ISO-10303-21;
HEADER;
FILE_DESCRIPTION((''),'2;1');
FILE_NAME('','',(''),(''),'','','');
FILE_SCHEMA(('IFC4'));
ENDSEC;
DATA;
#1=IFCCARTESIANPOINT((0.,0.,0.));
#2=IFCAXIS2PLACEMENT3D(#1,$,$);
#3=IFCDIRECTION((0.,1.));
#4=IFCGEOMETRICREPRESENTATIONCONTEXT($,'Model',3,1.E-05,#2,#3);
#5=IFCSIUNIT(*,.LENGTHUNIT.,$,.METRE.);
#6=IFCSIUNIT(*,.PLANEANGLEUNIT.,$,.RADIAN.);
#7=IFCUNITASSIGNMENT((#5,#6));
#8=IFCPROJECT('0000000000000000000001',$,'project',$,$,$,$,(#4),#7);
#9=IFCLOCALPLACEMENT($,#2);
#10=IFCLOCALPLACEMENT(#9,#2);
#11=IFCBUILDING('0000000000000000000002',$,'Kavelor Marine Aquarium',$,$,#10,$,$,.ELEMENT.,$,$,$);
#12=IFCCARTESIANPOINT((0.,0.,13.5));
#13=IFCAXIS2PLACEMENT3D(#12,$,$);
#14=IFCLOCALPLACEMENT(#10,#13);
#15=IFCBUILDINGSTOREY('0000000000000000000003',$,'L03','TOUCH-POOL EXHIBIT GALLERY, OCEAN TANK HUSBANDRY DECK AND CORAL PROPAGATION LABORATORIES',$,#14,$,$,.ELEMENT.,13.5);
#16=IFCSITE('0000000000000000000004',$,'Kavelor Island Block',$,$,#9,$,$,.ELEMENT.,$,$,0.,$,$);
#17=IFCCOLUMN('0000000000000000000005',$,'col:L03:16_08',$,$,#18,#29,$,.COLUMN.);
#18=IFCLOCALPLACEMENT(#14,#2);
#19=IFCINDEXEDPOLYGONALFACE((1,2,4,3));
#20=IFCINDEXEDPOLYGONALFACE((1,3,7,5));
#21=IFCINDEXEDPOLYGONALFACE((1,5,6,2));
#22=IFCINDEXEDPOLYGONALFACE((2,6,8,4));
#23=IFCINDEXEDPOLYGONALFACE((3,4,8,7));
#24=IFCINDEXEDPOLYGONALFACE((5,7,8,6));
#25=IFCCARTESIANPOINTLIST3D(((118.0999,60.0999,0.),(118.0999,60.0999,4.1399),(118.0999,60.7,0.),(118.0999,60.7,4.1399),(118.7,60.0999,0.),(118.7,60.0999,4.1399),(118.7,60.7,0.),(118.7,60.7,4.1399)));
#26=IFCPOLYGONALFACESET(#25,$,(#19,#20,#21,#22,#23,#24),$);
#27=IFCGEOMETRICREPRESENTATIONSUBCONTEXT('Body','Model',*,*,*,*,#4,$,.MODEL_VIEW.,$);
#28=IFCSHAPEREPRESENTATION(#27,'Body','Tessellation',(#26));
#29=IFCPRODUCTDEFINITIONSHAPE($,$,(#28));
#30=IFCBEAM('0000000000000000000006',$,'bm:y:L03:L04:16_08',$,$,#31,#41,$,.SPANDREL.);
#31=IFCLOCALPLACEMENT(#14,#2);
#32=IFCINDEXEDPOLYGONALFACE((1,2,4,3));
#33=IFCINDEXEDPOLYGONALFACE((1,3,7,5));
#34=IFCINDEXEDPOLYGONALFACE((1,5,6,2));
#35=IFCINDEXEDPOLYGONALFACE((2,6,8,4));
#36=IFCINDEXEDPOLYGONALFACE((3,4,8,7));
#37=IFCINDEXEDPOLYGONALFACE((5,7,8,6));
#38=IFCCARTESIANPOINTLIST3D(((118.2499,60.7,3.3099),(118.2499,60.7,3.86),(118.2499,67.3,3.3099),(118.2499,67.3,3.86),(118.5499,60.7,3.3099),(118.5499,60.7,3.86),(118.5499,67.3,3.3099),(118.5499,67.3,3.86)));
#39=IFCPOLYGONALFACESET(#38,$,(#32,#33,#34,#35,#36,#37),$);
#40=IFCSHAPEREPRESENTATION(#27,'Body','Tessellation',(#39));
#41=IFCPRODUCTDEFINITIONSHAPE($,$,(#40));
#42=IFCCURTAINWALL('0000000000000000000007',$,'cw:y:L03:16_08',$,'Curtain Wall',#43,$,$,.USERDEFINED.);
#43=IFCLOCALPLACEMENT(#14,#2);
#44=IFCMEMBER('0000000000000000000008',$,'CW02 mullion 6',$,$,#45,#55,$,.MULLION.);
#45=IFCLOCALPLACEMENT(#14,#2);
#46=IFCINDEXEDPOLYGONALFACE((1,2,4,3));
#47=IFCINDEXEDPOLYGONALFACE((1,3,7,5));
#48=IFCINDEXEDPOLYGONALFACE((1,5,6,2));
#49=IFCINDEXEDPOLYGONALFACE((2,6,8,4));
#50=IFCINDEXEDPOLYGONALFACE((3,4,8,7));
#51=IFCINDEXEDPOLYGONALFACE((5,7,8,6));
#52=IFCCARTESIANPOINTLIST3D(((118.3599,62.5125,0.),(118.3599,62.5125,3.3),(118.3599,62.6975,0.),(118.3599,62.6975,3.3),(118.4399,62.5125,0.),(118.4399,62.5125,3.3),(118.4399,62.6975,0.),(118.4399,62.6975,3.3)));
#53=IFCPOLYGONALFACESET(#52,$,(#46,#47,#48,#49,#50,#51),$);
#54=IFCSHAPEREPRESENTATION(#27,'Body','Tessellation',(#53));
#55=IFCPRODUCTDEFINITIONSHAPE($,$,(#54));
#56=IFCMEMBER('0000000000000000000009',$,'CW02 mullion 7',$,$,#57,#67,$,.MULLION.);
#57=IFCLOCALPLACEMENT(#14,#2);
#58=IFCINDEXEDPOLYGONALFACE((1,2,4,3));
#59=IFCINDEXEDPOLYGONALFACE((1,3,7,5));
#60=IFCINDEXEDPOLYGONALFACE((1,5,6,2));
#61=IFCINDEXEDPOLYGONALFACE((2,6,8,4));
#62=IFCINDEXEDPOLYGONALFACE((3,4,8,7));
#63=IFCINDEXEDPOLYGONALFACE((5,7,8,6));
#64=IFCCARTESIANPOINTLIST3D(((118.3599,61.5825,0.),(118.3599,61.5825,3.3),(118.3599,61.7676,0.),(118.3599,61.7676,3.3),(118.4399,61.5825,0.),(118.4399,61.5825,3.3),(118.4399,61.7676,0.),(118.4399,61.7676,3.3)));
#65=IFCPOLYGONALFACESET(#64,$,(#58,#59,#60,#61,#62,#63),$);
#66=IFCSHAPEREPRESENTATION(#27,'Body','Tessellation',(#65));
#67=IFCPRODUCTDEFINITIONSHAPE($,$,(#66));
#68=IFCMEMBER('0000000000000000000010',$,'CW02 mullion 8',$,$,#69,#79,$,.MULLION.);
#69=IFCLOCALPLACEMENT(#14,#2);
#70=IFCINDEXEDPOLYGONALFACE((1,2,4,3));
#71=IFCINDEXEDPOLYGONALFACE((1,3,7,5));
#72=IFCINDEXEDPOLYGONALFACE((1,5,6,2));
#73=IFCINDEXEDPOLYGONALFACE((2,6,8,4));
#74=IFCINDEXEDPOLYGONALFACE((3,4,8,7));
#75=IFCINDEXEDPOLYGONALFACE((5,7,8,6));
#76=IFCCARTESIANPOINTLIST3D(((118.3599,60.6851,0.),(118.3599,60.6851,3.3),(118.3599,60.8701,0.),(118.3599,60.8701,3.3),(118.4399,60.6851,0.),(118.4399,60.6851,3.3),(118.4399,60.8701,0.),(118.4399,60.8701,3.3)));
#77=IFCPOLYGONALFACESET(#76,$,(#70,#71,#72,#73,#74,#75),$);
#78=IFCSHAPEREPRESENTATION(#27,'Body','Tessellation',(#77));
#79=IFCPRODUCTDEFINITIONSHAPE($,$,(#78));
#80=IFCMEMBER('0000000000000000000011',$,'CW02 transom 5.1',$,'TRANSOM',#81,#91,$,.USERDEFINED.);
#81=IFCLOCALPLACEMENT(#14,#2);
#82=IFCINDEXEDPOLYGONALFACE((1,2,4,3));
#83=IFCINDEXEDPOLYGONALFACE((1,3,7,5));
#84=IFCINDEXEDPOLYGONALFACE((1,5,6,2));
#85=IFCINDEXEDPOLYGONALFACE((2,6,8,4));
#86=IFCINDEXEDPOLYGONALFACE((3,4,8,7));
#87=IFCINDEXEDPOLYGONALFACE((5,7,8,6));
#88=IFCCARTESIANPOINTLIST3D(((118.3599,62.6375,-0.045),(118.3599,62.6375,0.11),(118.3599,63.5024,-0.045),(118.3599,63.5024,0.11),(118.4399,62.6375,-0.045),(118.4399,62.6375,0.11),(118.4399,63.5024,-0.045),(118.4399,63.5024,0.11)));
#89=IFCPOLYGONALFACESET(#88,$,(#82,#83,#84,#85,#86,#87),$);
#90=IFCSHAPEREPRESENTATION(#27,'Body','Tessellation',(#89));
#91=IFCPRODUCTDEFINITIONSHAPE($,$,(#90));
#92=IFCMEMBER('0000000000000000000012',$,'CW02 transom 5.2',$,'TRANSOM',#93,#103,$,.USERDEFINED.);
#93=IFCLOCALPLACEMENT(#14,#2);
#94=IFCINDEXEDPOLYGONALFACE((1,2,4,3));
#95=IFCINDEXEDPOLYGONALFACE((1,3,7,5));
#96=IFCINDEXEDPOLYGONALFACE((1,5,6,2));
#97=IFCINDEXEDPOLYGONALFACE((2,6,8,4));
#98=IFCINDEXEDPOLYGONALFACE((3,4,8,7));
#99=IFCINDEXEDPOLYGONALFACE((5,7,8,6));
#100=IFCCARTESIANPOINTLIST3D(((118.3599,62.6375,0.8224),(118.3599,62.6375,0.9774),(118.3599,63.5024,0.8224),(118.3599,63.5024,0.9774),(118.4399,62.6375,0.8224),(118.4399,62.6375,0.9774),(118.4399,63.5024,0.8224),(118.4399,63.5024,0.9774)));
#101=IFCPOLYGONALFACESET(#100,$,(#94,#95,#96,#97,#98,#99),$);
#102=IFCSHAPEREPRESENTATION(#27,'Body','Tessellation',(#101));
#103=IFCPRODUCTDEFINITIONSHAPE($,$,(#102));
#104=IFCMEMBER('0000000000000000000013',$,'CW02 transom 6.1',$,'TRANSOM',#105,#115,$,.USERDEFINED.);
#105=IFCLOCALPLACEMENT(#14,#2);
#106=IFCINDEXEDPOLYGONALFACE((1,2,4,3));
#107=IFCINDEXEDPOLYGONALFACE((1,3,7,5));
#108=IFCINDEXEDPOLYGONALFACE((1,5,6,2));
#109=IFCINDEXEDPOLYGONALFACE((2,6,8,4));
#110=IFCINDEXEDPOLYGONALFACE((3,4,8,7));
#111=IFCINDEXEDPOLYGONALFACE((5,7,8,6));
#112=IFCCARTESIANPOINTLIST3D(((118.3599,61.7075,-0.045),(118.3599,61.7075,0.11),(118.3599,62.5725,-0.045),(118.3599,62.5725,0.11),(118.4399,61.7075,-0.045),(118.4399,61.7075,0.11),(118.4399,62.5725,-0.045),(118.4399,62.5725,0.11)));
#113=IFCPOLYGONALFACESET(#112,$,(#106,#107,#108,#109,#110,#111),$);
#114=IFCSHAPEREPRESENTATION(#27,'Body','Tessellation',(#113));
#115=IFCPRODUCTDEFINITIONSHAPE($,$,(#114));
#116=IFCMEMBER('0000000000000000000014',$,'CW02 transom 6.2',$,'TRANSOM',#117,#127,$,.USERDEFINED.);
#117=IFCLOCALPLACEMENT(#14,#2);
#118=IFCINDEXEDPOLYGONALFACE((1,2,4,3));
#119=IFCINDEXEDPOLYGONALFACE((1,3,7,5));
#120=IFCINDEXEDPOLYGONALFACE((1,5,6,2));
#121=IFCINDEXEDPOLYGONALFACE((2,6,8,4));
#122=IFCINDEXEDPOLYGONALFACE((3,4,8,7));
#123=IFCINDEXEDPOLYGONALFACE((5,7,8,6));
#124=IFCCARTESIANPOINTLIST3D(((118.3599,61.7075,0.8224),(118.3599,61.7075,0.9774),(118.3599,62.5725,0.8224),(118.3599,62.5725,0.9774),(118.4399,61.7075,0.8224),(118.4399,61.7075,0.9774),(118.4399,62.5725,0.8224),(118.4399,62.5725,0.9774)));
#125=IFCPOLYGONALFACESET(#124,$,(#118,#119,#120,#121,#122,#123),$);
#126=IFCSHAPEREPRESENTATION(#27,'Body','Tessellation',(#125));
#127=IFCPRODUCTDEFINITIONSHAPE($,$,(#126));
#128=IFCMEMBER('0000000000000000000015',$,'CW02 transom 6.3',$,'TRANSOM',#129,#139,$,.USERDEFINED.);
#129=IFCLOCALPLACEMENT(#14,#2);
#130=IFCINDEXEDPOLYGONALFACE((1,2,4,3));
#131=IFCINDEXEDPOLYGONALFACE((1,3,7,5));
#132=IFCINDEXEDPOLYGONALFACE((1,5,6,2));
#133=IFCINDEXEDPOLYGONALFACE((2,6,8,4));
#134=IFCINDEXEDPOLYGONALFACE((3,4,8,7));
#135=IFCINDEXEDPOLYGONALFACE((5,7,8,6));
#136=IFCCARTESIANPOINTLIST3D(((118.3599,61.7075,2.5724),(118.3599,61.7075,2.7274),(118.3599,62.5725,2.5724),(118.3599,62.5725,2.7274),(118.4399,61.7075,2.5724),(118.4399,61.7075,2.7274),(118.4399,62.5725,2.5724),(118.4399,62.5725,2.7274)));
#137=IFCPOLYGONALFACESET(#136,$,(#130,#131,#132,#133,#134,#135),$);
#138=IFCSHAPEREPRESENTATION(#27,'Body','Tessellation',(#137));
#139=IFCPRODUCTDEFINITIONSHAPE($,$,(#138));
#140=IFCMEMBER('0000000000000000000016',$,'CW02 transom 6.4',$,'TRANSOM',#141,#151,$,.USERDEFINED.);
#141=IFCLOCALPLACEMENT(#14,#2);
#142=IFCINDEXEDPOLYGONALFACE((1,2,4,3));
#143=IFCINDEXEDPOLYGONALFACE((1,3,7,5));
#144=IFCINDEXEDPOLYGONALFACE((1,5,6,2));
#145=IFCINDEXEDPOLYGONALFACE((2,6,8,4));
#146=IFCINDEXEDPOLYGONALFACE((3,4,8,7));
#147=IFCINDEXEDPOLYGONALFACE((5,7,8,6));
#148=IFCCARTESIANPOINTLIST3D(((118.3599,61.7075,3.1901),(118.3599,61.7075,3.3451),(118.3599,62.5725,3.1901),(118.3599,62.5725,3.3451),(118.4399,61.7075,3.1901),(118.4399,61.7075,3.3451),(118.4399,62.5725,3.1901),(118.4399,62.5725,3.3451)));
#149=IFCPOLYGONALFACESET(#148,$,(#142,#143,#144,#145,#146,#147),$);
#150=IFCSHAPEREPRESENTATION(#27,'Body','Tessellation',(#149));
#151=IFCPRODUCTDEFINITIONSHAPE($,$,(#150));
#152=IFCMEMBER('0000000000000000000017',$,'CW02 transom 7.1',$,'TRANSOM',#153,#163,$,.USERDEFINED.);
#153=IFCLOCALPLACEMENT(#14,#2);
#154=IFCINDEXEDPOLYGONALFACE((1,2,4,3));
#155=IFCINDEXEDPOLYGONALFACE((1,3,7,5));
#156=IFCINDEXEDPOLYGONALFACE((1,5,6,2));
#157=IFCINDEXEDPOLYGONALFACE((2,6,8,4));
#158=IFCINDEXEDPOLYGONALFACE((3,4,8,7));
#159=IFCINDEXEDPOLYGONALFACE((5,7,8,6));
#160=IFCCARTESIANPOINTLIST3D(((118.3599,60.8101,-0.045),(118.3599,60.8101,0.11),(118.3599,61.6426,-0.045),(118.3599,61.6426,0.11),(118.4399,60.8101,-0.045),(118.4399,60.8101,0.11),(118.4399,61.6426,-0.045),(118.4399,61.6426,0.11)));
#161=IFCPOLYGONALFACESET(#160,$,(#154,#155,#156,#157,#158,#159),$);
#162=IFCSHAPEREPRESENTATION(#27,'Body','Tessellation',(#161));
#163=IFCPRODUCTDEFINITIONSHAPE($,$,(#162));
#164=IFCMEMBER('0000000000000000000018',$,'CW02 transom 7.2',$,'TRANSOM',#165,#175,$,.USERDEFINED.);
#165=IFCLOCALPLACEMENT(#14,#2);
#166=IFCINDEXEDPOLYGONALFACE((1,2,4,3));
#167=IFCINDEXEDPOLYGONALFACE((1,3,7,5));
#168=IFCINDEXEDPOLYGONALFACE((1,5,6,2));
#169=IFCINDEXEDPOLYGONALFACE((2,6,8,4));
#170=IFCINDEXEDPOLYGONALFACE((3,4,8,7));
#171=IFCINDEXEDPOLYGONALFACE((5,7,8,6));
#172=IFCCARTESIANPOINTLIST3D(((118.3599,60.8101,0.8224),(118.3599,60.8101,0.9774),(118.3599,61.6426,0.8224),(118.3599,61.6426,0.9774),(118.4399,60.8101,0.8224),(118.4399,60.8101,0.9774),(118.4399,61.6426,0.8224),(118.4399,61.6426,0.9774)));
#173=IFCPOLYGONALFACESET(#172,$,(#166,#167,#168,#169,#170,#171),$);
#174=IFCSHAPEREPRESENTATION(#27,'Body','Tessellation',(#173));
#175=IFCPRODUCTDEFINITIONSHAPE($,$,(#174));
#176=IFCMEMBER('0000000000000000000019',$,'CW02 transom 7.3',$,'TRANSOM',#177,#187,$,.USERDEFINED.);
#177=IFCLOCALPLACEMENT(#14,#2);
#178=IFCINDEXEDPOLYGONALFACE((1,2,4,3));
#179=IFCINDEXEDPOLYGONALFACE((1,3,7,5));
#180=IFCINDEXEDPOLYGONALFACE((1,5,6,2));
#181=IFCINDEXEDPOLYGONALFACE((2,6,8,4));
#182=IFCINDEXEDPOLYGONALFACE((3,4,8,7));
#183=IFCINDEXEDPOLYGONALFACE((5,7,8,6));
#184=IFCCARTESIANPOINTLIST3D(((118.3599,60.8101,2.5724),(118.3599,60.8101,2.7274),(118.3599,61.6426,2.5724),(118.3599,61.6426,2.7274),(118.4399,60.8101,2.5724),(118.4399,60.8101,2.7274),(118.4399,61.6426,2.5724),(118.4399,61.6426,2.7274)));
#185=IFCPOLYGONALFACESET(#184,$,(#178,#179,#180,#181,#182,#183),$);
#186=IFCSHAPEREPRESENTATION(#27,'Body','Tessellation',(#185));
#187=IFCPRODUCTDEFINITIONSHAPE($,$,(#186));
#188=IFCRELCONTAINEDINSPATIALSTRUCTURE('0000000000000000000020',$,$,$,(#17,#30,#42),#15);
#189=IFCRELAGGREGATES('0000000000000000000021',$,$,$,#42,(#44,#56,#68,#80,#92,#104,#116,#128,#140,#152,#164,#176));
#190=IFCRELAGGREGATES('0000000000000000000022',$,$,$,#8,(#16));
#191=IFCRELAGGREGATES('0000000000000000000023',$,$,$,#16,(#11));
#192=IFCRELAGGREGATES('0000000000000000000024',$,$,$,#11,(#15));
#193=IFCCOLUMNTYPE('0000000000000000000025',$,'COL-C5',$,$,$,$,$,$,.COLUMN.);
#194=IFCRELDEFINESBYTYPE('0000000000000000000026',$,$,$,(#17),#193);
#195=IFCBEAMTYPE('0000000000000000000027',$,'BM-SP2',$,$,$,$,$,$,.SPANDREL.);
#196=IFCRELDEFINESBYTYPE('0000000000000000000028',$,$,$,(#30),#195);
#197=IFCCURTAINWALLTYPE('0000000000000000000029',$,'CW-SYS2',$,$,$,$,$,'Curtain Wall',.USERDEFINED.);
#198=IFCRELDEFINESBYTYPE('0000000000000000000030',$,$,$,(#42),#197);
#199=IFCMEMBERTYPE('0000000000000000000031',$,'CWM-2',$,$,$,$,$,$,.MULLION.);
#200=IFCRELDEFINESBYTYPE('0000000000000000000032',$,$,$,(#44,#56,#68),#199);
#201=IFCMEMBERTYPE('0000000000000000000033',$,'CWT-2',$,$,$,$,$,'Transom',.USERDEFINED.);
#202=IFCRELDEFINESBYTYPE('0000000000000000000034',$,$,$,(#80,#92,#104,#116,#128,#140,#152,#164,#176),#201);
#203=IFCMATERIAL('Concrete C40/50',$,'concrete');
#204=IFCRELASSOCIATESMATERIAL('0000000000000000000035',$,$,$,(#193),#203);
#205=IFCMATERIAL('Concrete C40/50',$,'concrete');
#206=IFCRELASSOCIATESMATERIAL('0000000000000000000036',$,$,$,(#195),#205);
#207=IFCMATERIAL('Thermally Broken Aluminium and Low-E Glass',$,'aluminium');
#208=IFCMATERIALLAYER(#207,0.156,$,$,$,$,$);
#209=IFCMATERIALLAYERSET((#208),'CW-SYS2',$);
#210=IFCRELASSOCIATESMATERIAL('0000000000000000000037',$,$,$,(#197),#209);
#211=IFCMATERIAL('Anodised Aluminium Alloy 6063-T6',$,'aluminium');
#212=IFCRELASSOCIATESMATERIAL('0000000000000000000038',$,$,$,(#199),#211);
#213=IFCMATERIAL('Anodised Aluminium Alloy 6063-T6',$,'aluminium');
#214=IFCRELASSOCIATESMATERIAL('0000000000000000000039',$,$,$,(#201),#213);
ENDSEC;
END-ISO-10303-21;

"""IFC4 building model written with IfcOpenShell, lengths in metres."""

from ifc_helpers import new_model, si_unit, direction, frame, origin, origin_2d, place, context, subcontext, project, spatial, rectangle, extrude, material, layer, layer_set, material_profile, profile_set, type_object, element, aggregate, save


model = new_model("IFC4")

# Units and contexts
model_context = context("Model", 3, precision=1e-05, world=origin(), true_north=direction((0.0, 1.0)))
body_context = subcontext(model_context, "Body", "Model", "MODEL_VIEW")
ifc_project = project(units=[si_unit("LENGTHUNIT", "METRE"), si_unit("PLANEANGLEUNIT", "RADIAN")], contexts=[model_context])

# Site, building, storey
site_placement = place(None, origin())
site = spatial("IfcSite", under=ifc_project, at=site_placement, Name="Kavelor Island Block", CompositionType="ELEMENT", RefElevation=0.0)
building_placement = place(site_placement, origin())
building = spatial("IfcBuilding", under=site, at=building_placement, Name="Kavelor Marine Aquarium", CompositionType="ELEMENT")
storey_placement = place(building_placement, frame((0.0, 0.0, 13.5)))
storey = spatial("IfcBuildingStorey", under=building, at=storey_placement, Name="L03", Description="TOUCH-POOL EXHIBIT GALLERY, OCEAN TANK HUSBANDRY DECK AND CORAL PROPAGATION LABORATORIES", CompositionType="ELEMENT", Elevation=13.5)

# Column
ifc_material_1 = material(Name="Concrete C40/50", Category="concrete")
ifc_material_profile_1 = material_profile(ifc_material_1, rectangle(XDim=0.6001, YDim=0.6001, at=origin_2d()), Name="RC-COL 600x600")
ifc_profile_set_1 = profile_set([ifc_material_profile_1], Name="Concrete C40/50")
column_type = type_object("IfcColumnType", Name="COL-C5", PredefinedType="COLUMN", material=ifc_profile_set_1)
column_placement = place(storey_placement, frame((118.3999, 60.3999, 0.0), z_axis=(0.0, 0.0, 1.0), x_axis=(1.0, 0.0, 0.0)))
element("IfcColumn", 1, at=column_placement, inside=storey, type_object=column_type, Name="col:L03:16_08", PredefinedType="COLUMN", context=body_context, shape_type="SweptSolid", body=[
    extrude(rectangle(XDim=0.6001, YDim=0.6001, at=origin_2d()), origin(), (0.0, 0.0, 1.0), 4.1399),
])

# Beam
ifc_material_2 = material(Name="Concrete C40/50", Category="concrete")
ifc_material_profile_2 = material_profile(ifc_material_2, rectangle(XDim=0.3, YDim=0.55, at=origin_2d()), Name="RC-SP 300x550")
ifc_profile_set_2 = profile_set([ifc_material_profile_2], Name="Concrete C40/50")
beam_type = type_object("IfcBeamType", Name="BM-SP2", PredefinedType="SPANDREL", material=ifc_profile_set_2)
beam_placement = place(storey_placement, frame((118.3999, 60.7, 3.585), z_axis=(0.0, 1.0, 0.0), x_axis=(-1.0, 0.0, 0.0)))
element("IfcBeam", 2, at=beam_placement, inside=storey, type_object=beam_type, Name="bm:y:L03:L04:16_08", PredefinedType="SPANDREL", context=body_context, shape_type="SweptSolid", body=[
    extrude(rectangle(XDim=0.3, YDim=0.55, at=origin_2d()), origin(), (0.0, 0.0, 1.0), 6.6001),
])

# Curtain wall, members
ifc_material_3 = material(Name="Thermally Broken Aluminium and Low-E Glass", Category="aluminium")
ifc_layer_1 = layer(ifc_material_3, 0.156)
ifc_layer_set_1 = layer_set([ifc_layer_1], Name="CW-SYS2")
curtain_wall_type = type_object("IfcCurtainWallType", Name="CW-SYS2", ElementType="Curtain Wall", PredefinedType="USERDEFINED", material=ifc_layer_set_1)
curtain_wall_placement = place(storey_placement, origin())
curtain_wall = element("IfcCurtainWall", 3, at=curtain_wall_placement, inside=storey, type_object=curtain_wall_type, Name="cw:y:L03:16_08", ObjectType="Curtain Wall", PredefinedType="USERDEFINED")
ifc_material_4 = material(Name="Anodised Aluminium Alloy 6063-T6", Category="aluminium")
ifc_material_profile_3 = material_profile(ifc_material_4, rectangle(XDim=0.0801, YDim=0.1851, at=origin_2d()), Name="CW-MUL 80x185")
ifc_profile_set_3 = profile_set([ifc_material_profile_3], Name="Anodised Aluminium Alloy 6063-T6")
member_type_1 = type_object("IfcMemberType", Name="CWM-2", PredefinedType="MULLION", material=ifc_profile_set_3)
member_1_placement = place(storey_placement, frame((118.3999, 62.605, 0.0), z_axis=(0.0, 0.0, 1.0), x_axis=(1.0, 0.0, 0.0)))
member_1 = element("IfcMember", 4, at=member_1_placement, type_object=member_type_1, Name="CW02 mullion 6", PredefinedType="MULLION", context=body_context, shape_type="SweptSolid", body=[
    extrude(rectangle(XDim=0.0801, YDim=0.1851, at=origin_2d()), origin(), (0.0, 0.0, 1.0), 3.3),
])
member_2_placement = place(storey_placement, frame((118.3999, 61.675, 0.0), z_axis=(0.0, 0.0, 1.0), x_axis=(1.0, 0.0, 0.0)))
member_2 = element("IfcMember", 5, at=member_2_placement, type_object=member_type_1, Name="CW02 mullion 7", PredefinedType="MULLION", context=body_context, shape_type="SweptSolid", body=[
    extrude(rectangle(XDim=0.0801, YDim=0.1851, at=origin_2d()), origin(), (0.0, 0.0, 1.0), 3.3),
])
member_3_placement = place(storey_placement, frame((118.3999, 60.7776, 0.0), z_axis=(0.0, 0.0, 1.0), x_axis=(1.0, 0.0, 0.0)))
member_3 = element("IfcMember", 6, at=member_3_placement, type_object=member_type_1, Name="CW02 mullion 8", PredefinedType="MULLION", context=body_context, shape_type="SweptSolid", body=[
    extrude(rectangle(XDim=0.0801, YDim=0.1851, at=origin_2d()), origin(), (0.0, 0.0, 1.0), 3.3),
])
ifc_material_5 = material(Name="Anodised Aluminium Alloy 6063-T6", Category="aluminium")
ifc_material_profile_4 = material_profile(ifc_material_5, rectangle(XDim=0.0801, YDim=0.155, at=origin_2d()), Name="CW-TRN 80x155")
ifc_profile_set_4 = profile_set([ifc_material_profile_4], Name="Anodised Aluminium Alloy 6063-T6")
member_type_2 = type_object("IfcMemberType", Name="CWT-2", ElementType="Transom", PredefinedType="USERDEFINED", material=ifc_profile_set_4)
member_4_placement = place(storey_placement, frame((118.3999, 63.5024, 0.0325), z_axis=(0.0, -1.0, 0.0), x_axis=(1.0, 0.0, 0.0)))
member_4 = element("IfcMember", 7, at=member_4_placement, type_object=member_type_2, Name="CW02 transom 5.1", ObjectType="TRANSOM", PredefinedType="USERDEFINED", context=body_context, shape_type="SweptSolid", body=[
    extrude(rectangle(XDim=0.0801, YDim=0.155, at=origin_2d()), origin(), (0.0, 0.0, 1.0), 0.865),
])
member_5_placement = place(storey_placement, frame((118.3999, 63.5024, 0.8999), z_axis=(0.0, -1.0, 0.0), x_axis=(1.0, 0.0, 0.0)))
member_5 = element("IfcMember", 8, at=member_5_placement, type_object=member_type_2, Name="CW02 transom 5.2", ObjectType="TRANSOM", PredefinedType="USERDEFINED", context=body_context, shape_type="SweptSolid", body=[
    extrude(rectangle(XDim=0.0801, YDim=0.155, at=origin_2d()), origin(), (0.0, 0.0, 1.0), 0.865),
])
member_6_placement = place(storey_placement, frame((118.3999, 62.5725, 0.0325), z_axis=(0.0, -1.0, 0.0), x_axis=(1.0, 0.0, 0.0)))
member_6 = element("IfcMember", 9, at=member_6_placement, type_object=member_type_2, Name="CW02 transom 6.1", ObjectType="TRANSOM", PredefinedType="USERDEFINED", context=body_context, shape_type="SweptSolid", body=[
    extrude(rectangle(XDim=0.0801, YDim=0.155, at=origin_2d()), origin(), (0.0, 0.0, 1.0), 0.865),
])
member_7_placement = place(storey_placement, frame((118.3999, 62.5725, 0.8999), z_axis=(0.0, -1.0, 0.0), x_axis=(1.0, 0.0, 0.0)))
member_7 = element("IfcMember", 10, at=member_7_placement, type_object=member_type_2, Name="CW02 transom 6.2", ObjectType="TRANSOM", PredefinedType="USERDEFINED", context=body_context, shape_type="SweptSolid", body=[
    extrude(rectangle(XDim=0.0801, YDim=0.155, at=origin_2d()), origin(), (0.0, 0.0, 1.0), 0.865),
])
member_8_placement = place(storey_placement, frame((118.3999, 62.5725, 2.6499), z_axis=(0.0, -1.0, 0.0), x_axis=(1.0, 0.0, 0.0)))
member_8 = element("IfcMember", 11, at=member_8_placement, type_object=member_type_2, Name="CW02 transom 6.3", ObjectType="TRANSOM", PredefinedType="USERDEFINED", context=body_context, shape_type="SweptSolid", body=[
    extrude(rectangle(XDim=0.0801, YDim=0.155, at=origin_2d()), origin(), (0.0, 0.0, 1.0), 0.865),
])
member_9_placement = place(storey_placement, frame((118.3999, 62.5725, 3.2676), z_axis=(0.0, -1.0, 0.0), x_axis=(1.0, 0.0, 0.0)))
member_9 = element("IfcMember", 12, at=member_9_placement, type_object=member_type_2, Name="CW02 transom 6.4", ObjectType="TRANSOM", PredefinedType="USERDEFINED", context=body_context, shape_type="SweptSolid", body=[
    extrude(rectangle(XDim=0.0801, YDim=0.155, at=origin_2d()), origin(), (0.0, 0.0, 1.0), 0.865),
])
member_10_placement = place(storey_placement, frame((118.3999, 61.6426, 0.0325), z_axis=(0.0, -1.0, 0.0), x_axis=(1.0, 0.0, 0.0)))
member_10 = element("IfcMember", 13, at=member_10_placement, type_object=member_type_2, Name="CW02 transom 7.1", ObjectType="TRANSOM", PredefinedType="USERDEFINED", context=body_context, shape_type="SweptSolid", body=[
    extrude(rectangle(XDim=0.0801, YDim=0.155, at=origin_2d()), origin(), (0.0, 0.0, 1.0), 0.8325),
])
member_11_placement = place(storey_placement, frame((118.3999, 61.6426, 0.8999), z_axis=(0.0, -1.0, 0.0), x_axis=(1.0, 0.0, 0.0)))
member_11 = element("IfcMember", 14, at=member_11_placement, type_object=member_type_2, Name="CW02 transom 7.2", ObjectType="TRANSOM", PredefinedType="USERDEFINED", context=body_context, shape_type="SweptSolid", body=[
    extrude(rectangle(XDim=0.0801, YDim=0.155, at=origin_2d()), origin(), (0.0, 0.0, 1.0), 0.8325),
])
member_12_placement = place(storey_placement, frame((118.3999, 61.6426, 2.6499), z_axis=(0.0, -1.0, 0.0), x_axis=(1.0, 0.0, 0.0)))
member_12 = element("IfcMember", 15, at=member_12_placement, type_object=member_type_2, Name="CW02 transom 7.3", ObjectType="TRANSOM", PredefinedType="USERDEFINED", context=body_context, shape_type="SweptSolid", body=[
    extrude(rectangle(XDim=0.0801, YDim=0.155, at=origin_2d()), origin(), (0.0, 0.0, 1.0), 0.8325),
])
aggregate(curtain_wall, [member_1, member_2, member_3, member_4, member_5, member_6, member_7, member_8, member_9, member_10, member_11, member_12])

save(model, "model.ifc")
